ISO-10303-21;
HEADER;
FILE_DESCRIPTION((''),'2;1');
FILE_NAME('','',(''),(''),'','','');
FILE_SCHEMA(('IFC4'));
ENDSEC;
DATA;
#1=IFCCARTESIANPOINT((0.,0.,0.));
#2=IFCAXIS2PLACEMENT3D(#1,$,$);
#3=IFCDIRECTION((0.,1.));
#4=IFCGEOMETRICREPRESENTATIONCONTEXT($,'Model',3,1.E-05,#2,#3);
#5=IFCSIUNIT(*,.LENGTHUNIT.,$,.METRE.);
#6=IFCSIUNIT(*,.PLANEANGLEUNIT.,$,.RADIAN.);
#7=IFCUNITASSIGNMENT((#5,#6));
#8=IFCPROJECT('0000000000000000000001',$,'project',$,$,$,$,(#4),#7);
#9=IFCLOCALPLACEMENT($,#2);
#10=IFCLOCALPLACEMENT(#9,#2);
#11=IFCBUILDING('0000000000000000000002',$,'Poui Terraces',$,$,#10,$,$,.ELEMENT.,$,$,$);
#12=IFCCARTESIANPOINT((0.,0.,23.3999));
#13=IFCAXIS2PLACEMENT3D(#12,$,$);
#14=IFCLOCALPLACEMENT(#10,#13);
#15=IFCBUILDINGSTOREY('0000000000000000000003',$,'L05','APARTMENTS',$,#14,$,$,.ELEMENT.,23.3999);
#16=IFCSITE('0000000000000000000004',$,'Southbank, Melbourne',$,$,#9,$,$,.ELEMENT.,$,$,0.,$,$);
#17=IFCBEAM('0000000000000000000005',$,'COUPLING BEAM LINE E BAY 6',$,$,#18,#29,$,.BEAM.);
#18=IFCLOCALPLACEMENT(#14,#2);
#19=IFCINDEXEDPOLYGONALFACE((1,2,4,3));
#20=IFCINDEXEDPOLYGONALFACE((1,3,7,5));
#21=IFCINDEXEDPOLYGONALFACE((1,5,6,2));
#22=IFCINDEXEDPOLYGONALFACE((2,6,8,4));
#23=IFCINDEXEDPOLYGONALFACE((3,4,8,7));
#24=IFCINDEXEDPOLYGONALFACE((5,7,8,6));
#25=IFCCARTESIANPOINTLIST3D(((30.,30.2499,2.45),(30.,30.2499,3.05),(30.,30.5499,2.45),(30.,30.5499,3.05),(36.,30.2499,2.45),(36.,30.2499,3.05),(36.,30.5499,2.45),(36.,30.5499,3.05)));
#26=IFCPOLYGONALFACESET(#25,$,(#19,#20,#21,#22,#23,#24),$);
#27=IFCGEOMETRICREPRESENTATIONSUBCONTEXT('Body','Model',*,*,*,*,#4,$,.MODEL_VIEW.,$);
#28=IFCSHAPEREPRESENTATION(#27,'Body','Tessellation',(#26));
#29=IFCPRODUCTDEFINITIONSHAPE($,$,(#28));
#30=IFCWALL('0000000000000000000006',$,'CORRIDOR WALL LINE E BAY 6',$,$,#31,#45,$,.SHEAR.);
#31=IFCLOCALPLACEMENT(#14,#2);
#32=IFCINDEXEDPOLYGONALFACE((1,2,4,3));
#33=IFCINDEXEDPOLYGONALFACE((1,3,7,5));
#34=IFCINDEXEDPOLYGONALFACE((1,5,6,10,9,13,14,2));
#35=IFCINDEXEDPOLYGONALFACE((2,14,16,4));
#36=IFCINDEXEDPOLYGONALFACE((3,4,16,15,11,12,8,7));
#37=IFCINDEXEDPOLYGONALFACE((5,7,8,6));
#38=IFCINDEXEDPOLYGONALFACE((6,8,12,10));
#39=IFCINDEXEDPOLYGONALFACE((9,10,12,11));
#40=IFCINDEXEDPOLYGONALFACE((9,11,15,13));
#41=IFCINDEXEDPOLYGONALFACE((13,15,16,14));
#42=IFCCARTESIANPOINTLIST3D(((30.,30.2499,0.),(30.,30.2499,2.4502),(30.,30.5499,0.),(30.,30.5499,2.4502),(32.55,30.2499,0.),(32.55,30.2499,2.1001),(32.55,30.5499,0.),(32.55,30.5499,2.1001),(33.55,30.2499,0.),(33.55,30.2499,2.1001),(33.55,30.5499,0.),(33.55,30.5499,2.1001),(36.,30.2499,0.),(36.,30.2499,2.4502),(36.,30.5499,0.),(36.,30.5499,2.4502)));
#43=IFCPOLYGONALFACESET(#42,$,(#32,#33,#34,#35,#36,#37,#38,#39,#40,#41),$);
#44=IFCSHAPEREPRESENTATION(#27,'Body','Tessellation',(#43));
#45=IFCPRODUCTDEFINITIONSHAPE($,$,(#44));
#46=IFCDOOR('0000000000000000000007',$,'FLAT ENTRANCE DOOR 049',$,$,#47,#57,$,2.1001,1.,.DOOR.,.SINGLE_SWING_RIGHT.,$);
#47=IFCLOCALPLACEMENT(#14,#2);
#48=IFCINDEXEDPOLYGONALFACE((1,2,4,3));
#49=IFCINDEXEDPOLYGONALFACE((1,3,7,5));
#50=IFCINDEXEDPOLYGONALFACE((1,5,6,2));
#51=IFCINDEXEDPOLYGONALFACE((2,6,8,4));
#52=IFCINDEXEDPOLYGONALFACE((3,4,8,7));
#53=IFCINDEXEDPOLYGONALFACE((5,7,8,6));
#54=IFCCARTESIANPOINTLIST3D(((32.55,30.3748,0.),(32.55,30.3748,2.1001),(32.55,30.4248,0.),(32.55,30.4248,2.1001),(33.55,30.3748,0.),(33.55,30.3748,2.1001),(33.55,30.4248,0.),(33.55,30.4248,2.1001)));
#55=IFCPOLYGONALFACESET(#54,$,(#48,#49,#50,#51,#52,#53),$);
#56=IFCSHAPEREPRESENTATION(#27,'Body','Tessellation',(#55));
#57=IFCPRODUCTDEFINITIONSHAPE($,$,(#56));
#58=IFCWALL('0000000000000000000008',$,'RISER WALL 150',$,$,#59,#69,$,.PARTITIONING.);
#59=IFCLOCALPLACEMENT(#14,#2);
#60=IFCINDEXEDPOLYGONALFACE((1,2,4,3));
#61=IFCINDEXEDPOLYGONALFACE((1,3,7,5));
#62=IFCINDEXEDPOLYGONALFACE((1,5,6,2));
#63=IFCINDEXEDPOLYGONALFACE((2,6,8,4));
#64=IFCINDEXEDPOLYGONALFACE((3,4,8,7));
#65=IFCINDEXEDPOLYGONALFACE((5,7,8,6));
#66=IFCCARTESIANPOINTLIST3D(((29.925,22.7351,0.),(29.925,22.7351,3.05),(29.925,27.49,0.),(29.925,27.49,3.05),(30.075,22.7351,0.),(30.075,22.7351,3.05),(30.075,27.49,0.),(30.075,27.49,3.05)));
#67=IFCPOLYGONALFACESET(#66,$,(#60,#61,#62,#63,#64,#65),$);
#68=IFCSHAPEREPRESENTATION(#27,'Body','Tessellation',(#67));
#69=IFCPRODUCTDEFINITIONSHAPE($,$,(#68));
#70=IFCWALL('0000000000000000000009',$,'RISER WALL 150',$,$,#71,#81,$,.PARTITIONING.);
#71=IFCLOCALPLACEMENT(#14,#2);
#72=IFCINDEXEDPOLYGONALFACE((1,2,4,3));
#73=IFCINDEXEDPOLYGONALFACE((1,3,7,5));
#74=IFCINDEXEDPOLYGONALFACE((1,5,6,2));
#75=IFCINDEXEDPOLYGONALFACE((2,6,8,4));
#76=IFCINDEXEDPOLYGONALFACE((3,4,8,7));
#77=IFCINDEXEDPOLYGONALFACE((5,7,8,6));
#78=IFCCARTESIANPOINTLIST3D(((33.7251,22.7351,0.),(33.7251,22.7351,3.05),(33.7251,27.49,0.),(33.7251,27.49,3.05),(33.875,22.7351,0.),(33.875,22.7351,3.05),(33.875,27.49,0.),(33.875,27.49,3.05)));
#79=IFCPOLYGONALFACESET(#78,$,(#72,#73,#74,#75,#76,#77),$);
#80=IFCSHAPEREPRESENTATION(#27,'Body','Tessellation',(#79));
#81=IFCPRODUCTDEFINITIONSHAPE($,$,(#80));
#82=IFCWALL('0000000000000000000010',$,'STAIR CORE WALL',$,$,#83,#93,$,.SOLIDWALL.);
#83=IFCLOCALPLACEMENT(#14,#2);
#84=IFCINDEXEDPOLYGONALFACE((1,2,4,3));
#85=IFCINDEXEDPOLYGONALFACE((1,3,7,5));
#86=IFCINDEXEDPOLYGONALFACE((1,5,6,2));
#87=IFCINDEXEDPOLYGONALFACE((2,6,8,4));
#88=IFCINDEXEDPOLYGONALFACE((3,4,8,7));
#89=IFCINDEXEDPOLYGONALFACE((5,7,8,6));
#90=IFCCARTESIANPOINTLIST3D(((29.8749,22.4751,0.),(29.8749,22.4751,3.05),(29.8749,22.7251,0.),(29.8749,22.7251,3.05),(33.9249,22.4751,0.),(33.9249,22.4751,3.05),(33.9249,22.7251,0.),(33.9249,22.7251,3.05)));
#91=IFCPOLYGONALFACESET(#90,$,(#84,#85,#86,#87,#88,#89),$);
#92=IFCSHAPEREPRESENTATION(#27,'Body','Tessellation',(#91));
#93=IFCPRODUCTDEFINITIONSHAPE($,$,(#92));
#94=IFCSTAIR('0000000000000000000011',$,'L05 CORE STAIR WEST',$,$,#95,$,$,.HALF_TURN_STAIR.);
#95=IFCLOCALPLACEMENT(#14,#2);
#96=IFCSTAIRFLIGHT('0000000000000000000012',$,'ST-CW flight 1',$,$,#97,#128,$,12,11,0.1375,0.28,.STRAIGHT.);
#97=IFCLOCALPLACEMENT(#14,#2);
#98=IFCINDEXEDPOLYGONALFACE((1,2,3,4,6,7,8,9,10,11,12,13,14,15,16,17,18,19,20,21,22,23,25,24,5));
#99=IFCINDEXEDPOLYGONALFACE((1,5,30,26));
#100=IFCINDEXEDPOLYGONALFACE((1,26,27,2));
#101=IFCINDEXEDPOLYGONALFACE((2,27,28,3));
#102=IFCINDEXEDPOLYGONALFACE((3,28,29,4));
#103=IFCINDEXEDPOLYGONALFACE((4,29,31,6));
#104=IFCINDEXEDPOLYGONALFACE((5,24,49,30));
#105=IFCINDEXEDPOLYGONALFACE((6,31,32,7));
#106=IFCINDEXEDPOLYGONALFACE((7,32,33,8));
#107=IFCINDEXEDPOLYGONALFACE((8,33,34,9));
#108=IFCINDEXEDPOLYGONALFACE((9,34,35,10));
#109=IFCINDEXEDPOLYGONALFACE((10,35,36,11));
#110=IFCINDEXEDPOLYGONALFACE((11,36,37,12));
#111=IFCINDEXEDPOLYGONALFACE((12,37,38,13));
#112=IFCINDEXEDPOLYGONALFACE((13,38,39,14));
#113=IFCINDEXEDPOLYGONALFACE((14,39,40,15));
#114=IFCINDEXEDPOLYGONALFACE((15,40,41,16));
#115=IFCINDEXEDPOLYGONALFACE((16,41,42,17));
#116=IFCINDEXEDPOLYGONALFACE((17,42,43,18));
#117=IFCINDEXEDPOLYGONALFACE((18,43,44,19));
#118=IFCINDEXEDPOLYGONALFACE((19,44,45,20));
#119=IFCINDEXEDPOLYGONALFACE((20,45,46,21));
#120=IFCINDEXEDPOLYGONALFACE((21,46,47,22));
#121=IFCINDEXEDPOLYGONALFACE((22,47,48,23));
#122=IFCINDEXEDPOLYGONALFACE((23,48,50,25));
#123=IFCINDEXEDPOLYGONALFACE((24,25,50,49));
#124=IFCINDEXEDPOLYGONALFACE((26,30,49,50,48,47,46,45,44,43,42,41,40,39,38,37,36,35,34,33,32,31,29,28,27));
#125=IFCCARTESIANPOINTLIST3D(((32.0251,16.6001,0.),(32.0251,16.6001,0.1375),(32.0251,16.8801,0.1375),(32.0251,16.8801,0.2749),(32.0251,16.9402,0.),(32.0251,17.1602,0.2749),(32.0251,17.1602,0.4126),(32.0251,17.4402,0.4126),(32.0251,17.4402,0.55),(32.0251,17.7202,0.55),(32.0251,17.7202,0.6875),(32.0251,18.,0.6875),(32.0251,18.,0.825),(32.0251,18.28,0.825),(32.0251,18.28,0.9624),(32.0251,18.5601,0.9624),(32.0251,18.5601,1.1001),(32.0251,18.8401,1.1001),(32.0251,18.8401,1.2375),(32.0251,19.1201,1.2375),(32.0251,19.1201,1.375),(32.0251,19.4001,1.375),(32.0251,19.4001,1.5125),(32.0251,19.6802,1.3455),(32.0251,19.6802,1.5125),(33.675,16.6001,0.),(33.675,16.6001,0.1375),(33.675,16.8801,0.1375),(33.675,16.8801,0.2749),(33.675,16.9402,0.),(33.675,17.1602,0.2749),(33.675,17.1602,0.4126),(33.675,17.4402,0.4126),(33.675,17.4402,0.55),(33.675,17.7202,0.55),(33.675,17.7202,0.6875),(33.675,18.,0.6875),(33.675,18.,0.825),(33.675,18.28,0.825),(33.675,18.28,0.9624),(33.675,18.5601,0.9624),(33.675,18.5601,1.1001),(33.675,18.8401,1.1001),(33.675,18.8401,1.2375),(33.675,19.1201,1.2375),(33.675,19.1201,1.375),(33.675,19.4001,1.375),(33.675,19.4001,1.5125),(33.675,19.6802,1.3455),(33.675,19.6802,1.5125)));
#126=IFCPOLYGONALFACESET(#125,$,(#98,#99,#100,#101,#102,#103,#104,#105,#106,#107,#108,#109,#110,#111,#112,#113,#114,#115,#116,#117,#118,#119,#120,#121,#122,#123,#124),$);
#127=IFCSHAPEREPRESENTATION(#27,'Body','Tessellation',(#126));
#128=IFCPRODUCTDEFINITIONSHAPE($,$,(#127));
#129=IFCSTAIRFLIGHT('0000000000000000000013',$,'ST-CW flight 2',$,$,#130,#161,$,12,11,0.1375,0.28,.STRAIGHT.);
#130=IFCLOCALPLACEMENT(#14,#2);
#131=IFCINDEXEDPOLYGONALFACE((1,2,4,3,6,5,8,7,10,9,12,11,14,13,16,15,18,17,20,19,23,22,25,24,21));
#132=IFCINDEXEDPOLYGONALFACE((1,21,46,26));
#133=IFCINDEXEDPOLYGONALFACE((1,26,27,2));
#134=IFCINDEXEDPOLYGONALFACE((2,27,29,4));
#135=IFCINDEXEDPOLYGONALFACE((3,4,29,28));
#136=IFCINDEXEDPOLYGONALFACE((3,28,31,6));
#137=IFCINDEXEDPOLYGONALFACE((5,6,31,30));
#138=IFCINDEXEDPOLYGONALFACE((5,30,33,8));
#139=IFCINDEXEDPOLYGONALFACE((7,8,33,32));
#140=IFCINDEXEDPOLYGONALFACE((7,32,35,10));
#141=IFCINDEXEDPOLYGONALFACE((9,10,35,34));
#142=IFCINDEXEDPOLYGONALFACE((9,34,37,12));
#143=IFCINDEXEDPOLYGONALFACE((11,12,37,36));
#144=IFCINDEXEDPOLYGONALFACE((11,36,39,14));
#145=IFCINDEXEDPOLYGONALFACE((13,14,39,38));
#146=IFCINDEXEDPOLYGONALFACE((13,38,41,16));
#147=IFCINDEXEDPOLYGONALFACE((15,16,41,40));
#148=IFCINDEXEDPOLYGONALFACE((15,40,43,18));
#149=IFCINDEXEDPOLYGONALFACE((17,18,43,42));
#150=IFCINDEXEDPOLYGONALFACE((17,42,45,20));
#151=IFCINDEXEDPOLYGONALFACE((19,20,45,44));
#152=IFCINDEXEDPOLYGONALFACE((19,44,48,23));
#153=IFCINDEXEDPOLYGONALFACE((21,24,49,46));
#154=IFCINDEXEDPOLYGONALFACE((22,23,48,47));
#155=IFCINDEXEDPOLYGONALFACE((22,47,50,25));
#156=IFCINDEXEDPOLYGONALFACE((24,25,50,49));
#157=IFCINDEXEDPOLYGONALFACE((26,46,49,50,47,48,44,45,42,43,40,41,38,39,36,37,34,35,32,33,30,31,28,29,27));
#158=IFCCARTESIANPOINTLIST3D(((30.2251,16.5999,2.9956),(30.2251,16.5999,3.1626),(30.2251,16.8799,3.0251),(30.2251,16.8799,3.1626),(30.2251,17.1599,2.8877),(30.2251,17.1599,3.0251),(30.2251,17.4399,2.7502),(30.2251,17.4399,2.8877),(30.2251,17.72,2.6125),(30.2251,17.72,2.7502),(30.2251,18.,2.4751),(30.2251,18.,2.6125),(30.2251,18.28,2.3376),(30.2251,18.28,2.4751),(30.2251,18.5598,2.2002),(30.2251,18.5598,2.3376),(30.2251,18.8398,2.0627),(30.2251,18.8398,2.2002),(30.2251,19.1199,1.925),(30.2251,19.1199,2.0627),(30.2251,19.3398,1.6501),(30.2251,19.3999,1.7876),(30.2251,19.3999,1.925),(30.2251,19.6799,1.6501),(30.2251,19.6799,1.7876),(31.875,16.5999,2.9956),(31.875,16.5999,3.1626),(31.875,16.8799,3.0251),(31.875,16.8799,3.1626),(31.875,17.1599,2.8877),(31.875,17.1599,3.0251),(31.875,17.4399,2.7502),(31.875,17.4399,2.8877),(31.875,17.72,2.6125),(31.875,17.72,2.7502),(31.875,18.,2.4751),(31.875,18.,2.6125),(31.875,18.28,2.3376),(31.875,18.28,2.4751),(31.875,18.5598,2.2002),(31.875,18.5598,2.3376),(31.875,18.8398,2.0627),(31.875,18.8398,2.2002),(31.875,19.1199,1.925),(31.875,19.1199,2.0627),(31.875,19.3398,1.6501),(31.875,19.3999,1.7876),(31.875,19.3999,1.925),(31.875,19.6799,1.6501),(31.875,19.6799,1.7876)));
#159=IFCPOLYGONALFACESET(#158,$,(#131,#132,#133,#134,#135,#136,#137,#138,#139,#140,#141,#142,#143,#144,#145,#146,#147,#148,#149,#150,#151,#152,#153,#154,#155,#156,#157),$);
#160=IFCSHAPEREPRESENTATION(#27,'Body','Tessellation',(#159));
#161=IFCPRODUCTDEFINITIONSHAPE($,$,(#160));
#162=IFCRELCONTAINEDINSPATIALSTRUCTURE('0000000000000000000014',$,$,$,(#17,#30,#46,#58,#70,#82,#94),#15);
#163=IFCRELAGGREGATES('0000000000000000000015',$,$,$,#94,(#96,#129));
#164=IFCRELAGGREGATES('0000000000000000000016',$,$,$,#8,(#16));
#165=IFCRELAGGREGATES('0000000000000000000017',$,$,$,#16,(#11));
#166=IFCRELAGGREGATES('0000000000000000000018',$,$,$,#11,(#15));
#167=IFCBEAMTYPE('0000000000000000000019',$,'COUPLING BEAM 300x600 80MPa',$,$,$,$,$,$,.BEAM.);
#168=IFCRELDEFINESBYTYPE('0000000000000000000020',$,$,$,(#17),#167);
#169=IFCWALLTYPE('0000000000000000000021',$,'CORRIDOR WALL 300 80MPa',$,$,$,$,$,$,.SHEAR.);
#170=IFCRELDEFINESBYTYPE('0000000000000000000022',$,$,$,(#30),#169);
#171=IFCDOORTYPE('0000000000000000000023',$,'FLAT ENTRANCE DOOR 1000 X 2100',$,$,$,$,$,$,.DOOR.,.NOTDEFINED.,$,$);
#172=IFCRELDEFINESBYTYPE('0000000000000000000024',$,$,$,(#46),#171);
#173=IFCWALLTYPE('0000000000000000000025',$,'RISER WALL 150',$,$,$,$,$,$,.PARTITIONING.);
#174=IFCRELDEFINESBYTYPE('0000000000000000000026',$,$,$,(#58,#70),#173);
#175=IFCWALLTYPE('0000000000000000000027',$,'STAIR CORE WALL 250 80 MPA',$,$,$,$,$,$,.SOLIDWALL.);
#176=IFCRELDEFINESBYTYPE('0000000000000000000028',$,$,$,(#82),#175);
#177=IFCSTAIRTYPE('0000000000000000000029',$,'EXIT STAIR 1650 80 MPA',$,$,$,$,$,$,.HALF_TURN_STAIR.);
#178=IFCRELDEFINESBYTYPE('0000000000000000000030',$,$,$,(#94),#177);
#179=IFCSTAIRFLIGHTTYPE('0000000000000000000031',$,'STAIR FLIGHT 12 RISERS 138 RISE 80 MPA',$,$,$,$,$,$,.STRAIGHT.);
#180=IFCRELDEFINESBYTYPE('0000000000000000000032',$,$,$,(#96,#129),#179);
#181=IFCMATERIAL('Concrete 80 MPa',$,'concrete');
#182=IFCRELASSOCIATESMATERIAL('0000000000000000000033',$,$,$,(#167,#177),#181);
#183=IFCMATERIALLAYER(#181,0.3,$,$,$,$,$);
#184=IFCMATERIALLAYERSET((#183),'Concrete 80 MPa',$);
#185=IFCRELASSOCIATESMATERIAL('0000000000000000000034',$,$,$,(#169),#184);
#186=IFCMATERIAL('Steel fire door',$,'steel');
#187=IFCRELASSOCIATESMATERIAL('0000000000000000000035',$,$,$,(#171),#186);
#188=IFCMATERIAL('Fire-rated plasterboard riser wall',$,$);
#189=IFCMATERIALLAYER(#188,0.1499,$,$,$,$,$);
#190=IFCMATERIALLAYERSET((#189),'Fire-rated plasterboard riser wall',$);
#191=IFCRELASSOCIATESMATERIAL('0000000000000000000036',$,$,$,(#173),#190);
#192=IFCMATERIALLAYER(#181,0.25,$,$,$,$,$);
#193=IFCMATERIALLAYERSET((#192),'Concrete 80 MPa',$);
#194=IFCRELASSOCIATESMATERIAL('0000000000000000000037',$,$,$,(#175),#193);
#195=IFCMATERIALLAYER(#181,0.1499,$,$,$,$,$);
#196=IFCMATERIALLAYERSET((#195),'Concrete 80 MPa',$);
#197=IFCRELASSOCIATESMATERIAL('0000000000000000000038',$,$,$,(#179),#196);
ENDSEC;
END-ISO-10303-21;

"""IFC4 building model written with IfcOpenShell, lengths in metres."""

from ifc_helpers import new_model, si_unit, direction, frame, frame_2d, origin, origin_2d, place, context, subcontext, project, spatial, polyline, rectangle, outline, extrude, source, transform, mapped, material, layer, layer_set, material_profile, profile_set, type_object, element, fill, aggregate, save


model = new_model("IFC4")

# Units and contexts
model_context = context("Model", 3, precision=1e-05, world=origin(), true_north=direction((0.0, 1.0)))
body_context = subcontext(model_context, "Body", "Model", "MODEL_VIEW")
ifc_project = project(units=[si_unit("LENGTHUNIT", "METRE"), si_unit("PLANEANGLEUNIT", "RADIAN")], contexts=[model_context])

# Site, building, storey
site_placement = place(None, origin())
site = spatial("IfcSite", under=ifc_project, at=site_placement, Name="Southbank, Melbourne", CompositionType="ELEMENT", RefElevation=0.0)
building_placement = place(site_placement, origin())
building = spatial("IfcBuilding", under=site, at=building_placement, Name="Poui Terraces", CompositionType="ELEMENT")
storey_placement = place(building_placement, frame((0.0, 0.0, 23.3999)))
storey = spatial("IfcBuildingStorey", under=building, at=storey_placement, Name="L05", Description="APARTMENTS", CompositionType="ELEMENT", Elevation=23.3999)

# Beam
ifc_material_1 = material(Name="Concrete 80 MPa", Category="concrete")
ifc_material_profile = material_profile(ifc_material_1, rectangle(XDim=0.3, YDim=0.6001, at=origin_2d()), Name="RC 300x600")
ifc_profile_set = profile_set([ifc_material_profile], Name="Concrete 80 MPa")
beam_type = type_object("IfcBeamType", Name="COUPLING BEAM 300x600 80MPa", PredefinedType="BEAM", material=ifc_profile_set)
shared_shape = source(origin(), body_context, "Body", "SweptSolid", [
    extrude(rectangle(XDim=0.3, YDim=0.6001, at=origin_2d()), origin(), (0.0, 0.0, 1.0), 6.0),
])
beam_placement = place(storey_placement, frame((30.0, 30.3999, 2.75), z_axis=(1.0, 0.0, 0.0), x_axis=(0.0, 1.0, 0.0)))
element("IfcBeam", 1, at=beam_placement, inside=storey, type_object=beam_type, Name="COUPLING BEAM LINE E BAY 6", PredefinedType="BEAM", context=body_context, shape_type="MappedRepresentation", body=[
    mapped(shared_shape, transform((0.0, 0.0, 0.0))),
])

# Wall, opening, door
ifc_layer_1 = layer(ifc_material_1, 0.3)
ifc_layer_set_1 = layer_set([ifc_layer_1], Name="Concrete 80 MPa")
wall_type_1 = type_object("IfcWallType", Name="CORRIDOR WALL 300 80MPa", PredefinedType="SHEAR", material=ifc_layer_set_1)
wall_1_placement = place(storey_placement, frame((30.0, 30.3999, 0.0), z_axis=(0.0, 0.0, 1.0), x_axis=(1.0, 0.0, 0.0)))
wall_1 = element("IfcWall", 2, at=wall_1_placement, inside=storey, type_object=wall_type_1, Name="CORRIDOR WALL LINE E BAY 6", PredefinedType="SHEAR", context=body_context, shape_type="SweptSolid", body=[
    extrude(rectangle(XDim=6.0, YDim=0.3, at=frame_2d((3.0, 0.0))), origin(), (0.0, 0.0, 1.0), 2.4502),
])
opening_placement = place(wall_1_placement, frame((2.55, 0.0, 0.0)))
opening = element("IfcOpeningElement", 3, at=opening_placement, cuts=wall_1, PredefinedType="OPENING", context=body_context, shape_type="SweptSolid", body=[
    extrude(rectangle(XDim=1.0, YDim=2.1001, at=frame_2d((0.5, 1.05))), frame((0.0, 0.1602, 0.0), z_axis=(0.0, -1.0, 0.0), x_axis=(1.0, 0.0, 0.0)), (0.0, 0.0, 1.0), 0.3201),
])
ifc_material_2 = material(Name="Steel fire door", Category="steel")
door_type = type_object("IfcDoorType", Name="FLAT ENTRANCE DOOR 1000 X 2100", OperationType="NOTDEFINED", PredefinedType="DOOR", material=ifc_material_2)
door_placement = place(opening_placement, origin())
door = element("IfcDoor", 4, at=door_placement, inside=storey, type_object=door_type, Name="FLAT ENTRANCE DOOR 049", OperationType="SINGLE_SWING_RIGHT", OverallHeight=2.1001, OverallWidth=1.0, PredefinedType="DOOR", context=body_context, shape_type="SweptSolid", body=[
    extrude(rectangle(XDim=1.0, YDim=2.1001, at=frame_2d((0.5, 1.05))), frame((0.0, 0.0249, 0.0), z_axis=(0.0, -1.0, 0.0), x_axis=(1.0, 0.0, 0.0)), (0.0, 0.0, 1.0), 0.05),
])
fill(opening, door)

# Walls
ifc_material_3 = material(Name="Fire-rated plasterboard riser wall")
ifc_layer_2 = layer(ifc_material_3, 0.1499)
ifc_layer_set_2 = layer_set([ifc_layer_2], Name="Fire-rated plasterboard riser wall")
wall_type_2 = type_object("IfcWallType", Name="RISER WALL 150", PredefinedType="PARTITIONING", material=ifc_layer_set_2)
for number, where, z_axis, x_axis, name in (
    (5, (30.0, 22.7351, 0.0), (0.0, 0.0, 1.0), (0.0, 1.0, 0.0), "RISER WALL 150"),
    (6, (33.8, 22.7351, 0.0), (0.0, 0.0, 1.0), (0.0, 1.0, 0.0), "RISER WALL 150"),
):
    element("IfcWall", number, at=place(storey_placement, frame(where, z_axis=z_axis, x_axis=x_axis)), inside=storey, type_object=wall_type_2, Name=name, PredefinedType="PARTITIONING", context=body_context, shape_type="SweptSolid", body=[
        extrude(rectangle(XDim=4.7549, YDim=0.1499, at=frame_2d((2.3774, 0.0))), origin(), (0.0, 0.0, 1.0), 3.05),
    ])
ifc_layer_3 = layer(ifc_material_1, 0.25)
ifc_layer_set_3 = layer_set([ifc_layer_3], Name="Concrete 80 MPa")
wall_type_3 = type_object("IfcWallType", Name="STAIR CORE WALL 250 80 MPA", PredefinedType="SOLIDWALL", material=ifc_layer_set_3)
wall_2_placement = place(storey_placement, frame((29.875, 22.6001, 0.0), z_axis=(0.0, 0.0, 1.0), x_axis=(1.0, 0.0, 0.0)))
element("IfcWall", 7, at=wall_2_placement, inside=storey, type_object=wall_type_3, Name="STAIR CORE WALL", PredefinedType="SOLIDWALL", context=body_context, shape_type="SweptSolid", body=[
    extrude(rectangle(XDim=4.05, YDim=0.25, at=frame_2d((2.0249, 0.0))), origin(), (0.0, 0.0, 1.0), 3.05),
])

# Stair, stair flights
stair_type = type_object("IfcStairType", Name="EXIT STAIR 1650 80 MPA", PredefinedType="HALF_TURN_STAIR", material=ifc_material_1)
stair_placement = place(storey_placement, origin())
stair = element("IfcStair", 8, at=stair_placement, inside=storey, type_object=stair_type, Name="L05 CORE STAIR WEST", PredefinedType="HALF_TURN_STAIR")
ifc_layer_4 = layer(ifc_material_1, 0.1499)
ifc_layer_set_4 = layer_set([ifc_layer_4], Name="Concrete 80 MPa")
stair_flight_type = type_object("IfcStairFlightType", Name="STAIR FLIGHT 12 RISERS 138 RISE 80 MPA", PredefinedType="STRAIGHT", material=ifc_layer_set_4)
stair_flight_1_placement = place(storey_placement, frame((32.8501, 16.6001, 0.0), z_axis=(0.0, 0.0, 1.0), x_axis=(0.0, 1.0, 0.0)))
stair_flight_1 = element("IfcStairFlight", 9, at=stair_flight_1_placement, type_object=stair_flight_type, Name="ST-CW flight 1", NumberOfRisers=12, NumberOfTreads=11, PredefinedType="STRAIGHT", RiserHeight=0.1375, TreadLength=0.28, context=body_context, shape_type="SweptSolid", body=[
    extrude(outline(polyline([(0.0, 0.0), (0.0, 0.1375), (0.28, 0.1375), (0.28, 0.2749), (0.5601, 0.2749), (0.5601, 0.4126), (0.8401, 0.4126), (0.8401, 0.55), (1.1201, 0.55), (1.1201, 0.6875), (1.3999, 0.6875), (1.3999, 0.825), (1.6799, 0.825), (1.6799, 0.9624), (1.96, 0.9624), (1.96, 1.1001), (2.24, 1.1001), (2.24, 1.2375), (2.52, 1.2375), (2.52, 1.375), (2.8, 1.375), (2.8, 1.5125), (3.0801, 1.5125), (3.0801, 1.6499), (3.0801, 1.3455), (0.3401, 0.0), (0.0, 0.0)])), frame((0.0, 0.825, 0.0), z_axis=(0.0, -1.0, 0.0), x_axis=(1.0, 0.0, 0.0)), (0.0, 0.0, 1.0), 1.6499),
])
stair_flight_2_placement = place(storey_placement, frame((31.05, 19.6799, 1.6501), z_axis=(0.0, 0.0, 1.0), x_axis=(0.0, -1.0, 0.0)))
stair_flight_2 = element("IfcStairFlight", 10, at=stair_flight_2_placement, type_object=stair_flight_type, Name="ST-CW flight 2", NumberOfRisers=12, NumberOfTreads=11, PredefinedType="STRAIGHT", RiserHeight=0.1375, TreadLength=0.28, context=body_context, shape_type="SweptSolid", body=[
    extrude(outline(polyline([(0.0, 0.0), (0.0, 0.1375), (0.28, 0.1375), (0.28, 0.2749), (0.5601, 0.2749), (0.5601, 0.4126), (0.8401, 0.4126), (0.8401, 0.55), (1.1201, 0.55), (1.1201, 0.6875), (1.3999, 0.6875), (1.3999, 0.825), (1.6799, 0.825), (1.6799, 0.9624), (1.96, 0.9624), (1.96, 1.1001), (2.24, 1.1001), (2.24, 1.2375), (2.52, 1.2375), (2.52, 1.375), (2.8, 1.375), (2.8, 1.5125), (3.0801, 1.5125), (3.0801, 1.6499), (3.0801, 1.3455), (0.3401, 0.0), (0.0, 0.0)])), frame((0.0, 0.825, 0.0), z_axis=(0.0, -1.0, 0.0), x_axis=(1.0, 0.0, 0.0)), (0.0, 0.0, 1.0), 1.6499),
])
aggregate(stair, [stair_flight_1, stair_flight_2])

save(model, "model.ifc")
